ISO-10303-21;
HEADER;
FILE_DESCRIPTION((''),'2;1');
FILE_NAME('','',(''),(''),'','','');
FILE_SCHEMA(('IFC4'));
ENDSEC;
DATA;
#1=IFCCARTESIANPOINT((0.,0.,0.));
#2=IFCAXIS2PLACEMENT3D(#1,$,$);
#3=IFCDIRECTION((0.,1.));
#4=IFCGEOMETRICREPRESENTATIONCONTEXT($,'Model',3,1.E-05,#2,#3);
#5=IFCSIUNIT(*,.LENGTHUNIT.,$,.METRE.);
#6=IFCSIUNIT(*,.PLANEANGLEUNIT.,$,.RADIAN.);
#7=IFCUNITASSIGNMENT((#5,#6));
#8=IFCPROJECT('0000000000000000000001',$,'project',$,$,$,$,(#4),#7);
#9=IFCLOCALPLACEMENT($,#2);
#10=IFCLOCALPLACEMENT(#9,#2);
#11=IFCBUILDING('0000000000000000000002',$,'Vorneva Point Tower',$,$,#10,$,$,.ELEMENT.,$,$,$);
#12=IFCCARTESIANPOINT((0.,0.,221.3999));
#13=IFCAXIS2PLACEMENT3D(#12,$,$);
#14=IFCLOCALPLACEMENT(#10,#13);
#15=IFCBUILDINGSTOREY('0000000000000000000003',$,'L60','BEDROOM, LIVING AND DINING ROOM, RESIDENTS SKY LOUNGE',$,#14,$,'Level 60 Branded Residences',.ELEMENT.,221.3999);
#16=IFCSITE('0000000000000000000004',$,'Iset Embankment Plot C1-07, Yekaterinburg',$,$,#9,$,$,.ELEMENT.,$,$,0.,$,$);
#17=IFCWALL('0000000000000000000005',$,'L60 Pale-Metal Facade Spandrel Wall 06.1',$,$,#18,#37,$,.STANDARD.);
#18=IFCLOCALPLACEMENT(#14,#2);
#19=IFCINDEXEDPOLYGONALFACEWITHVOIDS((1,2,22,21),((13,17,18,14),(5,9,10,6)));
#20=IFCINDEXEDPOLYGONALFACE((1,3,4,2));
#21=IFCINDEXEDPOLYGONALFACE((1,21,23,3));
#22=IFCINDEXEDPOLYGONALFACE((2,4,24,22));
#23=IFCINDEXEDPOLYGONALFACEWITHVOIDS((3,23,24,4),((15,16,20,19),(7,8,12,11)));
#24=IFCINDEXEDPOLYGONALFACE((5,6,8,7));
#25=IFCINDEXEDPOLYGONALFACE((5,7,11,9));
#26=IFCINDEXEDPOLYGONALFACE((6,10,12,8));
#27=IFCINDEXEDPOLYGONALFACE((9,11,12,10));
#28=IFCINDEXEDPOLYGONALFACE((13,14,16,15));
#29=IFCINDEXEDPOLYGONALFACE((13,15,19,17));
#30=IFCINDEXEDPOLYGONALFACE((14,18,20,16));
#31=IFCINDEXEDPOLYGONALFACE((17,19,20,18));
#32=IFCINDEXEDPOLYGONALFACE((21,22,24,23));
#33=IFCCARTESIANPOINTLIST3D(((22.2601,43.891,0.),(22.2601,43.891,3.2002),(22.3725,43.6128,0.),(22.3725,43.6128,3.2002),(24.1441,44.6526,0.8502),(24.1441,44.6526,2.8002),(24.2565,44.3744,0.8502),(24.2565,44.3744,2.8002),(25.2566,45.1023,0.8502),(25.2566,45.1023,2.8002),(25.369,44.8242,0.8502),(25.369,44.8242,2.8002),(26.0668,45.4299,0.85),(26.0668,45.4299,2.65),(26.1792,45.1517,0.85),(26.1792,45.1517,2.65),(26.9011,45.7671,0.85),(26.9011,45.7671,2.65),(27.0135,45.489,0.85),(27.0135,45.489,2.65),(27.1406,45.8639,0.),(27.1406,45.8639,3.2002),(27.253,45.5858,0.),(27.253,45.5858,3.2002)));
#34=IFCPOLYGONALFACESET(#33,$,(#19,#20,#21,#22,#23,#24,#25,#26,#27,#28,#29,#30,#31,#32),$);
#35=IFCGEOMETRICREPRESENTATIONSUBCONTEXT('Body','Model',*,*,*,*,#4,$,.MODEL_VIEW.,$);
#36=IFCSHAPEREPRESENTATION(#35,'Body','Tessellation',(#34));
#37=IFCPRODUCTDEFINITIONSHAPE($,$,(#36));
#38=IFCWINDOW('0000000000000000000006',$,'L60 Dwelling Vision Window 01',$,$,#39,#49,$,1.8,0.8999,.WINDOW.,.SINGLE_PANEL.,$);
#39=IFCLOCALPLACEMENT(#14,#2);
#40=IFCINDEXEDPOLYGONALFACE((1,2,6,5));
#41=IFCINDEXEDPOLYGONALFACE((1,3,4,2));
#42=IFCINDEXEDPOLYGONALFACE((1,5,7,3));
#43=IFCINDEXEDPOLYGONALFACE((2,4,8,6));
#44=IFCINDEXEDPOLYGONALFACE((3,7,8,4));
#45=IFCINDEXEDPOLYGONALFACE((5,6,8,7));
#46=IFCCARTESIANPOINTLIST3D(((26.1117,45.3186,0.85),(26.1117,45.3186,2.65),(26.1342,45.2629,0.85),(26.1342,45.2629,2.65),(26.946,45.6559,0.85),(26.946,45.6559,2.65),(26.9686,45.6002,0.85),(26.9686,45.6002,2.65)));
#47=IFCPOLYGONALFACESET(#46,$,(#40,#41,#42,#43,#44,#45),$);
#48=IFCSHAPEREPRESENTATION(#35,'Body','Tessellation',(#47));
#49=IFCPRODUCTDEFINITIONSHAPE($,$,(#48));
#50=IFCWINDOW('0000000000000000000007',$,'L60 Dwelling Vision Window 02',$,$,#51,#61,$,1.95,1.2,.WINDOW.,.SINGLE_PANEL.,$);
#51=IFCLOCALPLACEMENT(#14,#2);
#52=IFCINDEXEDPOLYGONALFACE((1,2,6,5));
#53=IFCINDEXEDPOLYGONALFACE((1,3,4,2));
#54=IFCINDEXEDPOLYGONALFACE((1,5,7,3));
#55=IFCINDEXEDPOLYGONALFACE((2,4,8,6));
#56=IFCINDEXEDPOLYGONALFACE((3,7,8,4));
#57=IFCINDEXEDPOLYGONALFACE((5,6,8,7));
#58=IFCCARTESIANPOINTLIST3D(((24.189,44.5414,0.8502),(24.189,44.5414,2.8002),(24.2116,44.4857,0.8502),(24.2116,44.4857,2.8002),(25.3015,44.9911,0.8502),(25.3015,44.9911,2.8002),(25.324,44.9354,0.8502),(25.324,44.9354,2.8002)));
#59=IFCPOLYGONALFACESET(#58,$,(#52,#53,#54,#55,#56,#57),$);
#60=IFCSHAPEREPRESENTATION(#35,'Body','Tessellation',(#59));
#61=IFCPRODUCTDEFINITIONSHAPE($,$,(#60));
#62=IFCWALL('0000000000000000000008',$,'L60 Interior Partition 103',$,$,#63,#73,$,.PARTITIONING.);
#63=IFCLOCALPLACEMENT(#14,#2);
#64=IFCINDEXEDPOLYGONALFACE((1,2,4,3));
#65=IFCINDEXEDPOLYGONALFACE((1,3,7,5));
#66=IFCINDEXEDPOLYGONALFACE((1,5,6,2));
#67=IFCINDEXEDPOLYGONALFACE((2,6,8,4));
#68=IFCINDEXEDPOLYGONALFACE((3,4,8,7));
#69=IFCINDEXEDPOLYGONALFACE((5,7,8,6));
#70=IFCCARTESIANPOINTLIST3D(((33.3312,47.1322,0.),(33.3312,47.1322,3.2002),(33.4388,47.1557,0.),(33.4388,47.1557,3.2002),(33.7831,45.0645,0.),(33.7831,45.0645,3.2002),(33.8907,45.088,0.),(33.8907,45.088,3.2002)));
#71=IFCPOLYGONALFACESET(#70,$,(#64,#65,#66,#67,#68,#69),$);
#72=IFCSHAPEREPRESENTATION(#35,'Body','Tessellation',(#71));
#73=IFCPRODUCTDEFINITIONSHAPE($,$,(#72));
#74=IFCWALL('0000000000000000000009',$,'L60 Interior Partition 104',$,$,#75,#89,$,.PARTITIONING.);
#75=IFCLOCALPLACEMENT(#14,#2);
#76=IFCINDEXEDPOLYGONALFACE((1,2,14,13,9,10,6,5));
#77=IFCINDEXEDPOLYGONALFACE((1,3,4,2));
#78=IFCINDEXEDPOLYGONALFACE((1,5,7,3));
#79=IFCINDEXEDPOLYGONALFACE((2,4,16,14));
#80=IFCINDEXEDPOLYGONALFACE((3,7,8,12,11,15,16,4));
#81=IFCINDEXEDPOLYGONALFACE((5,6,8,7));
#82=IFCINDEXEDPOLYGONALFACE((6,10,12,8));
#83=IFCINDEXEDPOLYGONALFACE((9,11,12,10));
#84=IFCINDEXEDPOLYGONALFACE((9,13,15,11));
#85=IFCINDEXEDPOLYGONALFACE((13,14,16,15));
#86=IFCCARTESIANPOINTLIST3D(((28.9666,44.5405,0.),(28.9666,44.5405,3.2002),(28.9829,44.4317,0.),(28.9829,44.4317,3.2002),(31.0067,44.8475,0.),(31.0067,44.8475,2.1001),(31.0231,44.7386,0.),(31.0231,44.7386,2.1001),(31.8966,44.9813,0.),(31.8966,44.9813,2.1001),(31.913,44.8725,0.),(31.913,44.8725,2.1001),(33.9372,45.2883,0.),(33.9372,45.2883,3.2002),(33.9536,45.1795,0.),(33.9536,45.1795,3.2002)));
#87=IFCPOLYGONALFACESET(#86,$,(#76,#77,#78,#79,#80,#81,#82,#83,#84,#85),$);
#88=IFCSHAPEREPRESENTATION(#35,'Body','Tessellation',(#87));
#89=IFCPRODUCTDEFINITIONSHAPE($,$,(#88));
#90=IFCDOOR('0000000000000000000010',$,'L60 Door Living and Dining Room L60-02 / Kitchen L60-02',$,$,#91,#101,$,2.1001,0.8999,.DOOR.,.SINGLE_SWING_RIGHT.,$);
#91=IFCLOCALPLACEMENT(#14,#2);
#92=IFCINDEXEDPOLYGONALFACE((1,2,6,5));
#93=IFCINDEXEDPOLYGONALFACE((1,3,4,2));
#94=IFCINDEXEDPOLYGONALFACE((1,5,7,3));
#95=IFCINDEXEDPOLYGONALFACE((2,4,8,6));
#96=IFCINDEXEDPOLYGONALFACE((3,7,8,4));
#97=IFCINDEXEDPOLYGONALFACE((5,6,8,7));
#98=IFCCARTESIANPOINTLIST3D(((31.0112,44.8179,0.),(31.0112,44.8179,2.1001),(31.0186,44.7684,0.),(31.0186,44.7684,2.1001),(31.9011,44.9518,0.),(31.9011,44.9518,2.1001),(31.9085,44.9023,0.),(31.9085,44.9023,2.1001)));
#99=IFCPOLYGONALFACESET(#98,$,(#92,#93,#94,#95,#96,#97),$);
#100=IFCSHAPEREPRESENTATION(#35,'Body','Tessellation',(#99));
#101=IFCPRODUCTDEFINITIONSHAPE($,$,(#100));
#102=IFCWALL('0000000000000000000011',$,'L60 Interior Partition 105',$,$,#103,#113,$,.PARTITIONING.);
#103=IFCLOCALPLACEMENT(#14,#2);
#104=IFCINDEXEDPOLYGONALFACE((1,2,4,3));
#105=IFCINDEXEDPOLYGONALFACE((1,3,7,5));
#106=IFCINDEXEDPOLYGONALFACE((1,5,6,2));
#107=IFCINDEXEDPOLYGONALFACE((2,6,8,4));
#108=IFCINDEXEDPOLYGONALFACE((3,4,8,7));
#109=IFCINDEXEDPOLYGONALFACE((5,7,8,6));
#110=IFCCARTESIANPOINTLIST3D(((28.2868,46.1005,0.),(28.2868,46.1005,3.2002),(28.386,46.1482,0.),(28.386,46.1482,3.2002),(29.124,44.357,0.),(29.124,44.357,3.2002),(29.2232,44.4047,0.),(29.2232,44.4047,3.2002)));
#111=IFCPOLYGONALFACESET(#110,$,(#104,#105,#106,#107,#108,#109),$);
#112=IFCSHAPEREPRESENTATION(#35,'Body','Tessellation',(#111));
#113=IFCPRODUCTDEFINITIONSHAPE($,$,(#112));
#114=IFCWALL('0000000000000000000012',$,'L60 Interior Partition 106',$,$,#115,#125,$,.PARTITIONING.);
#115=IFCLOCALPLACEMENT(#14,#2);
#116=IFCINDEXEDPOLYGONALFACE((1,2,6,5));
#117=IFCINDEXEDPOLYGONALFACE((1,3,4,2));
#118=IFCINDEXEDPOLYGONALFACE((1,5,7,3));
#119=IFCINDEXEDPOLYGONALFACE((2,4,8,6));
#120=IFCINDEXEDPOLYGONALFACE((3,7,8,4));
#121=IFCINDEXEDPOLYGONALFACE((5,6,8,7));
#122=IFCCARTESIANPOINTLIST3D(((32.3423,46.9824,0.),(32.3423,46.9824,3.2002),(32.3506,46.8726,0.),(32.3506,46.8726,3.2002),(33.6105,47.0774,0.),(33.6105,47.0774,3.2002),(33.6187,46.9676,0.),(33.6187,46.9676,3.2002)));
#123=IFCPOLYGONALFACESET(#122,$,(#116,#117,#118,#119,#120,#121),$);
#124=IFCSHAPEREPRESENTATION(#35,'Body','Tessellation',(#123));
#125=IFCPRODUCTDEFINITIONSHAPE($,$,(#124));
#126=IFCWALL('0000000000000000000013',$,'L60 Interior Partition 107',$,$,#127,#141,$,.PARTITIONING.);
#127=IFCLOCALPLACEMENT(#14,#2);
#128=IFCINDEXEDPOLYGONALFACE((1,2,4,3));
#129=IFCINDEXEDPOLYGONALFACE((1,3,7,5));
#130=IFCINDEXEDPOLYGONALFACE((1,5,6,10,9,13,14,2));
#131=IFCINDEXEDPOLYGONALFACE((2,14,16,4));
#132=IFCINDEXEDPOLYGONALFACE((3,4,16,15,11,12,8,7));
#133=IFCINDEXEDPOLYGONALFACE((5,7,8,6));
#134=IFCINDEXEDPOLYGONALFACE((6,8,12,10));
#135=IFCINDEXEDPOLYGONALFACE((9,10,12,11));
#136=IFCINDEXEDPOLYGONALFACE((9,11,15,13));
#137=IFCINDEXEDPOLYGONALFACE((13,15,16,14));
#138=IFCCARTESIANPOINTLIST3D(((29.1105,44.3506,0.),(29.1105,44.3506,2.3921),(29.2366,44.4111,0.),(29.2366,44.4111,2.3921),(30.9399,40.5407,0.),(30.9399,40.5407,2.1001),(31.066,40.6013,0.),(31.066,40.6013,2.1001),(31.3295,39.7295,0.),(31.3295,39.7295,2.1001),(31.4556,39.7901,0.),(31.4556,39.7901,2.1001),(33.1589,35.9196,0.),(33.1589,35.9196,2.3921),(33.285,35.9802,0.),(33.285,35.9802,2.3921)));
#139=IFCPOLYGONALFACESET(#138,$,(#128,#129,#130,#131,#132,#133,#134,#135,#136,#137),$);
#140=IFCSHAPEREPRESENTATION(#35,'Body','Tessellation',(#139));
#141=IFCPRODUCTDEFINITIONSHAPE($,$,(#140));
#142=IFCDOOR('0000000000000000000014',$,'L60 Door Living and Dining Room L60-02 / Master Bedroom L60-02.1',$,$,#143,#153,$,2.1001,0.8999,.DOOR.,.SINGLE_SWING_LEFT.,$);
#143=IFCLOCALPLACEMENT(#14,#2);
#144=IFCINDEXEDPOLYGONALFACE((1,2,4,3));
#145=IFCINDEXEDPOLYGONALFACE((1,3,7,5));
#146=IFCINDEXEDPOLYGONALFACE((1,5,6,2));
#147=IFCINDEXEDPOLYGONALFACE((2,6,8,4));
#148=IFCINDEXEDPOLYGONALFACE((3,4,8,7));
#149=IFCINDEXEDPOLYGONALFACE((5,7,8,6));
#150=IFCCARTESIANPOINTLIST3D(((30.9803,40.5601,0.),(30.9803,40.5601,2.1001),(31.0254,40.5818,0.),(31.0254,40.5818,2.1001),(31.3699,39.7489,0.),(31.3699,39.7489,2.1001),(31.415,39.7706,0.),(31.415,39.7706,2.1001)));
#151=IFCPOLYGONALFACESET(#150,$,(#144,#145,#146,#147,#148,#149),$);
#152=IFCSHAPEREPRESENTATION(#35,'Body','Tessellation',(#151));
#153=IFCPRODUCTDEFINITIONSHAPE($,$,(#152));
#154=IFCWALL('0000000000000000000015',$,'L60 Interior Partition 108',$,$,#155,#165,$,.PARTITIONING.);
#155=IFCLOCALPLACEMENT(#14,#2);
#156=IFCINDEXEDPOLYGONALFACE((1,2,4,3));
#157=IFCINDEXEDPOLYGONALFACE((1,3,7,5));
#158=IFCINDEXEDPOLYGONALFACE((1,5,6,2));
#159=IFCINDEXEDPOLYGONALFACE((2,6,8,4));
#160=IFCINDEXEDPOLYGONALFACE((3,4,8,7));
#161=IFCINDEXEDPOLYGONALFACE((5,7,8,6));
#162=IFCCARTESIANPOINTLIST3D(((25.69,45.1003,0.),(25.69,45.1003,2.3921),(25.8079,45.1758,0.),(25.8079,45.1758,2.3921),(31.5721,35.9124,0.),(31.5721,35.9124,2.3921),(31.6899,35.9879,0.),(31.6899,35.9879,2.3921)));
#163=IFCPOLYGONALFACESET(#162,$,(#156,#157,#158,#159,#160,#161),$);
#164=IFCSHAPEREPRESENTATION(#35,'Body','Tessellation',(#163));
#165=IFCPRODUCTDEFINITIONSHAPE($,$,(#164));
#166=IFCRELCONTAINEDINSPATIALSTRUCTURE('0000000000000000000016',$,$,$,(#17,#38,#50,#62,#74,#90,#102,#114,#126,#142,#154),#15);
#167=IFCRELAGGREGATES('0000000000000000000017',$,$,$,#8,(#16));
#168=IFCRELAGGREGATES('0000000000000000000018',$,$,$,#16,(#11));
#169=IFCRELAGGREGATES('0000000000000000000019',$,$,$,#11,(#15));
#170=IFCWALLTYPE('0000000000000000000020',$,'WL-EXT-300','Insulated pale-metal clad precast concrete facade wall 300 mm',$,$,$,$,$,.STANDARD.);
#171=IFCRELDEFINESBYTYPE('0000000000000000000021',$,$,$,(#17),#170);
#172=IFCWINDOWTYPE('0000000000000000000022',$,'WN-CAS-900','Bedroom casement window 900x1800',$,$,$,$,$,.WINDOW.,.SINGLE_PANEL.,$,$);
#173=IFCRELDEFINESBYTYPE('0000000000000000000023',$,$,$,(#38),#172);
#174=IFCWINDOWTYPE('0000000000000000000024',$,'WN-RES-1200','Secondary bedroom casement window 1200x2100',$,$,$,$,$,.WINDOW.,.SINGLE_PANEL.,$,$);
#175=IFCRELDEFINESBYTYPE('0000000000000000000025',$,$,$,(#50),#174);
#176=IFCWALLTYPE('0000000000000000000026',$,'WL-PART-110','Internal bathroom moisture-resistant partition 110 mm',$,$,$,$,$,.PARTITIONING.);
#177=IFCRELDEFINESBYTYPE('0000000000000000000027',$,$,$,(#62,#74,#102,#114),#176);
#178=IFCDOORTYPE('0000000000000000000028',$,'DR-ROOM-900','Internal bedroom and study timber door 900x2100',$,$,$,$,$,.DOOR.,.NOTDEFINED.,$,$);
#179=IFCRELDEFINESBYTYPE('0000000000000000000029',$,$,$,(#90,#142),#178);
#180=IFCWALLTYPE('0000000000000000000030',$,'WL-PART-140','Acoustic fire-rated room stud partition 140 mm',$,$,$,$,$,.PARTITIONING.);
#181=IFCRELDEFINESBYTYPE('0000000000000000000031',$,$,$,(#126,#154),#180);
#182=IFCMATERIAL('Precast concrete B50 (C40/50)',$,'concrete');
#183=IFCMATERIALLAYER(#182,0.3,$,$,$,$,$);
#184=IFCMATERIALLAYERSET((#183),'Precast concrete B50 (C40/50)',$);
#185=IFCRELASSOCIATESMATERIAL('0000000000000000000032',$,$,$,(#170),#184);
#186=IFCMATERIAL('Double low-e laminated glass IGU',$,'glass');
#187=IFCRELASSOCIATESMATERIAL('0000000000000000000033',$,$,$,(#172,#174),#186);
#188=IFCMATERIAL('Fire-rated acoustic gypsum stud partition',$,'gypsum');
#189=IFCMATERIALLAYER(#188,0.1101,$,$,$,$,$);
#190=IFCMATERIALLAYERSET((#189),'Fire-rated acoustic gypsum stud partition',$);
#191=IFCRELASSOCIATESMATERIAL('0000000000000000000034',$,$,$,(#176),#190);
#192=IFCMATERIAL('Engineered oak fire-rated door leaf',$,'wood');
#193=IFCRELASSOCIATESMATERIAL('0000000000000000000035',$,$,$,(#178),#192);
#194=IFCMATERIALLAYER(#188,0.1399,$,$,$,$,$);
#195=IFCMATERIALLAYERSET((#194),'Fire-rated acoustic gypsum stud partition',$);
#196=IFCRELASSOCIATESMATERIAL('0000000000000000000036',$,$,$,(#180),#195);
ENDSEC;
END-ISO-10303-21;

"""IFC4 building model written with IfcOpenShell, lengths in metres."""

from ifc_helpers import new_model, si_unit, direction, frame, frame_2d, origin, place, context, subcontext, project, spatial, rectangle, extrude, material, layer, layer_set, type_object, element, fill, save


model = new_model("IFC4")

# Units and contexts
model_context = context("Model", 3, precision=1e-05, world=origin(), true_north=direction((0.0, 1.0)))
body_context = subcontext(model_context, "Body", "Model", "MODEL_VIEW")
ifc_project = project(units=[si_unit("LENGTHUNIT", "METRE"), si_unit("PLANEANGLEUNIT", "RADIAN")], contexts=[model_context])

# Site, building, storey
site_placement = place(None, origin())
site = spatial("IfcSite", under=ifc_project, at=site_placement, Name="Iset Embankment Plot C1-07, Yekaterinburg", CompositionType="ELEMENT", RefElevation=0.0)
building_placement = place(site_placement, origin())
building = spatial("IfcBuilding", under=site, at=building_placement, Name="Vorneva Point Tower", CompositionType="ELEMENT")
storey_placement = place(building_placement, frame((0.0, 0.0, 221.3999)))
storey = spatial("IfcBuildingStorey", under=building, at=storey_placement, Name="L60", Description="BEDROOM, LIVING AND DINING ROOM, RESIDENTS SKY LOUNGE", LongName="Level 60 Branded Residences", CompositionType="ELEMENT", Elevation=221.3999)

# Shared definitions
ifc_material_1 = material(Name="Double low-e laminated glass IGU", Category="glass")

# Wall, openings, windows
ifc_material_2 = material(Name="Precast concrete B50 (C40/50)", Category="concrete")
ifc_layer_1 = layer(ifc_material_2, 0.3)
ifc_layer_set_1 = layer_set([ifc_layer_1], Name="Precast concrete B50 (C40/50)")
wall_type_1 = type_object("IfcWallType", Name="WL-EXT-300", Description="Insulated pale-metal clad precast concrete facade wall 300 mm", PredefinedType="STANDARD", material=ifc_layer_set_1)
wall_1_placement = place(storey_placement, frame((27.1968, 45.7249, 0.0), z_axis=(0.0, 0.0, 1.0), x_axis=(-0.927111, -0.374787, 0.0)))
wall_1 = element("IfcWall", 1, at=wall_1_placement, inside=storey, type_object=wall_type_1, Name="L60 Pale-Metal Facade Spandrel Wall 06.1", PredefinedType="STANDARD", context=body_context, shape_type="SweptSolid", body=[
    extrude(rectangle(XDim=5.2642, YDim=0.3, at=frame_2d((2.6321, 0.0))), origin(), (0.0, 0.0, 1.0), 3.2002),
])
opening_1_placement = place(wall_1_placement, frame((0.2583, 0.0, 0.8501)))
opening_1 = element("IfcOpeningElement", 2, at=opening_1_placement, cuts=wall_1, PredefinedType="OPENING", context=body_context, shape_type="SweptSolid", body=[
    extrude(rectangle(XDim=0.8999, YDim=1.8, at=frame_2d((0.45, 0.8999))), frame((0.0, 0.165, 0.0), z_axis=(0.0, -1.0, 0.0), x_axis=(1.0, 0.0, 0.0)), (0.0, 0.0, 1.0), 0.3298),
])
opening_2_placement = place(wall_1_placement, frame((2.032, 0.0, 0.8501)))
opening_2 = element("IfcOpeningElement", 3, at=opening_2_placement, cuts=wall_1, PredefinedType="OPENING", context=body_context, shape_type="SweptSolid", body=[
    extrude(rectangle(XDim=1.2, YDim=1.95, at=frame_2d((0.6001, 0.9751))), frame((0.0, 0.165, 0.0), z_axis=(0.0, -1.0, 0.0), x_axis=(1.0, 0.0, 0.0)), (0.0, 0.0, 1.0), 0.3298),
])
window_type_1 = type_object("IfcWindowType", Name="WN-CAS-900", Description="Bedroom casement window 900x1800", PartitioningType="SINGLE_PANEL", PredefinedType="WINDOW", material=ifc_material_1)
window_1_placement = place(opening_1_placement, origin())
window_1 = element("IfcWindow", 4, at=window_1_placement, inside=storey, type_object=window_type_1, Name="L60 Dwelling Vision Window 01", OverallHeight=1.8, OverallWidth=0.8999, PartitioningType="SINGLE_PANEL", PredefinedType="WINDOW", context=body_context, shape_type="SweptSolid", body=[
    extrude(rectangle(XDim=0.8999, YDim=1.8, at=frame_2d((0.45, 0.8999))), frame((0.0, 0.03, 0.0), z_axis=(0.0, -1.0, 0.0), x_axis=(1.0, 0.0, 0.0)), (0.0, 0.0, 1.0), 0.0601),
])
fill(opening_1, window_1)
window_type_2 = type_object("IfcWindowType", Name="WN-RES-1200", Description="Secondary bedroom casement window 1200x2100", PartitioningType="SINGLE_PANEL", PredefinedType="WINDOW", material=ifc_material_1)
window_2_placement = place(opening_2_placement, origin())
window_2 = element("IfcWindow", 5, at=window_2_placement, inside=storey, type_object=window_type_2, Name="L60 Dwelling Vision Window 02", OverallHeight=1.95, OverallWidth=1.2, PartitioningType="SINGLE_PANEL", PredefinedType="WINDOW", context=body_context, shape_type="SweptSolid", body=[
    extrude(rectangle(XDim=1.2, YDim=1.95, at=frame_2d((0.6001, 0.9751))), frame((0.0, 0.03, 0.0), z_axis=(0.0, -1.0, 0.0), x_axis=(1.0, 0.0, 0.0)), (0.0, 0.0, 1.0), 0.0601),
])
fill(opening_2, window_2)

# Wall
ifc_material_3 = material(Name="Fire-rated acoustic gypsum stud partition", Category="gypsum")
ifc_layer_2 = layer(ifc_material_3, 0.1101)
ifc_layer_set_2 = layer_set([ifc_layer_2], Name="Fire-rated acoustic gypsum stud partition")
wall_type_2 = type_object("IfcWallType", Name="WL-PART-110", Description="Internal bathroom moisture-resistant partition 110 mm", PredefinedType="PARTITIONING", material=ifc_layer_set_2)
wall_2_placement = place(storey_placement, frame((33.385, 47.1438, 0.0), z_axis=(0.0, 0.0, 1.0), x_axis=(0.213521, -0.976938, 0.0)))
element("IfcWall", 6, at=wall_2_placement, inside=storey, type_object=wall_type_2, Name="L60 Interior Partition 103", PredefinedType="PARTITIONING", context=body_context, shape_type="SweptSolid", body=[
    extrude(rectangle(XDim=2.1165, YDim=0.1101, at=frame_2d((1.0581, 0.0))), origin(), (0.0, 0.0, 1.0), 3.2002),
])

# Wall, opening, door
wall_3_placement = place(storey_placement, frame((33.9453, 45.2339, 0.0), z_axis=(0.0, 0.0, 1.0), x_axis=(-0.988872, -0.148768, 0.0)))
wall_3 = element("IfcWall", 7, at=wall_3_placement, inside=storey, type_object=wall_type_2, Name="L60 Interior Partition 104", PredefinedType="PARTITIONING", context=body_context, shape_type="SweptSolid", body=[
    extrude(rectangle(XDim=5.0266, YDim=0.1101, at=frame_2d((2.5132, 0.0))), origin(), (0.0, 0.0, 1.0), 3.2002),
])
opening_3_placement = place(wall_3_placement, frame((2.0635, 0.0, 0.0)))
opening_3 = element("IfcOpeningElement", 8, at=opening_3_placement, cuts=wall_3, PredefinedType="OPENING", context=body_context, shape_type="SweptSolid", body=[
    extrude(rectangle(XDim=0.8999, YDim=2.1001, at=frame_2d((0.45, 1.05))), frame((0.0, 0.0698, 0.0), z_axis=(0.0, -1.0, 0.0), x_axis=(1.0, 0.0, 0.0)), (0.0, 0.0, 1.0), 0.1399),
])
ifc_material_4 = material(Name="Engineered oak fire-rated door leaf", Category="wood")
door_type = type_object("IfcDoorType", Name="DR-ROOM-900", Description="Internal bedroom and study timber door 900x2100", OperationType="NOTDEFINED", PredefinedType="DOOR", material=ifc_material_4)
door_1_placement = place(opening_3_placement, origin())
door_1 = element("IfcDoor", 9, at=door_1_placement, inside=storey, type_object=door_type, Name="L60 Door Living and Dining Room L60-02 / Kitchen L60-02", OperationType="SINGLE_SWING_RIGHT", OverallHeight=2.1001, OverallWidth=0.8999, PredefinedType="DOOR", context=body_context, shape_type="SweptSolid", body=[
    extrude(rectangle(XDim=0.8999, YDim=2.1001, at=frame_2d((0.45, 1.05))), frame((0.0, 0.0249, 0.0), z_axis=(0.0, -1.0, 0.0), x_axis=(1.0, 0.0, 0.0)), (0.0, 0.0, 1.0), 0.05),
])
fill(opening_3, door_1)

# Walls
wall_4_placement = place(storey_placement, frame((29.1736, 44.3809, 0.0), z_axis=(0.0, 0.0, 1.0), x_axis=(-0.432866, 0.901458, 0.0)))
element("IfcWall", 10, at=wall_4_placement, inside=storey, type_object=wall_type_2, Name="L60 Interior Partition 105", PredefinedType="PARTITIONING", context=body_context, shape_type="SweptSolid", body=[
    extrude(rectangle(XDim=1.9341, YDim=0.1101, at=frame_2d((0.967, 0.0))), origin(), (0.0, 0.0, 1.0), 3.2002),
])
wall_5_placement = place(storey_placement, frame((33.6145, 47.0225, 0.0), z_axis=(0.0, 0.0, 1.0), x_axis=(-0.997207, -0.074685, 0.0)))
element("IfcWall", 11, at=wall_5_placement, inside=storey, type_object=wall_type_2, Name="L60 Interior Partition 106", PredefinedType="PARTITIONING", context=body_context, shape_type="SweptSolid", body=[
    extrude(rectangle(XDim=1.2717, YDim=0.1101, at=frame_2d((0.6357, 0.0))), origin(), (0.0, 0.0, 1.0), 3.2002),
])

# Wall, opening, door
ifc_layer_3 = layer(ifc_material_3, 0.1399)
ifc_layer_set_3 = layer_set([ifc_layer_3], Name="Fire-rated acoustic gypsum stud partition")
wall_type_3 = type_object("IfcWallType", Name="WL-PART-140", Description="Acoustic fire-rated room stud partition 140 mm", PredefinedType="PARTITIONING", material=ifc_layer_set_3)
wall_6_placement = place(storey_placement, frame((29.1736, 44.3809, 0.0), z_axis=(0.0, 0.0, 1.0), x_axis=(0.432862, -0.90146, 0.0)))
wall_6 = element("IfcWall", 12, at=wall_6_placement, inside=storey, type_object=wall_type_3, Name="L60 Interior Partition 107", PredefinedType="PARTITIONING", context=body_context, shape_type="SweptSolid", body=[
    extrude(rectangle(XDim=9.3525, YDim=0.1399, at=frame_2d((4.6763, 0.0))), origin(), (0.0, 0.0, 1.0), 2.3921),
])
opening_4_placement = place(wall_6_placement, frame((4.2263, 0.0, 0.0)))
opening_4 = element("IfcOpeningElement", 13, at=opening_4_placement, cuts=wall_6, PredefinedType="OPENING", context=body_context, shape_type="SweptSolid", body=[
    extrude(rectangle(XDim=0.8999, YDim=2.1001, at=frame_2d((0.45, 1.05))), frame((0.0, 0.085, 0.0), z_axis=(0.0, -1.0, 0.0), x_axis=(1.0, 0.0, 0.0)), (0.0, 0.0, 1.0), 0.1697),
])
door_2_placement = place(opening_4_placement, origin())
door_2 = element("IfcDoor", 14, at=door_2_placement, inside=storey, type_object=door_type, Name="L60 Door Living and Dining Room L60-02 / Master Bedroom L60-02.1", OperationType="SINGLE_SWING_LEFT", OverallHeight=2.1001, OverallWidth=0.8999, PredefinedType="DOOR", context=body_context, shape_type="SweptSolid", body=[
    extrude(rectangle(XDim=0.8999, YDim=2.1001, at=frame_2d((0.45, 1.05))), frame((0.0, 0.0249, 0.0), z_axis=(0.0, -1.0, 0.0), x_axis=(1.0, 0.0, 0.0)), (0.0, 0.0, 1.0), 0.05),
])
fill(opening_4, door_2)

# Wall
wall_7_placement = place(storey_placement, frame((25.749, 45.1379, 0.0), z_axis=(0.0, 0.0, 1.0), x_axis=(0.539169, -0.842198, 0.0)))
element("IfcWall", 15, at=wall_7_placement, inside=storey, type_object=wall_type_3, Name="L60 Interior Partition 108", PredefinedType="PARTITIONING", context=body_context, shape_type="SweptSolid", body=[
    extrude(rectangle(XDim=10.9094, YDim=0.1399, at=frame_2d((5.4546, 0.0))), origin(), (0.0, 0.0, 1.0), 2.3921),
])

save(model, "model.ifc")
